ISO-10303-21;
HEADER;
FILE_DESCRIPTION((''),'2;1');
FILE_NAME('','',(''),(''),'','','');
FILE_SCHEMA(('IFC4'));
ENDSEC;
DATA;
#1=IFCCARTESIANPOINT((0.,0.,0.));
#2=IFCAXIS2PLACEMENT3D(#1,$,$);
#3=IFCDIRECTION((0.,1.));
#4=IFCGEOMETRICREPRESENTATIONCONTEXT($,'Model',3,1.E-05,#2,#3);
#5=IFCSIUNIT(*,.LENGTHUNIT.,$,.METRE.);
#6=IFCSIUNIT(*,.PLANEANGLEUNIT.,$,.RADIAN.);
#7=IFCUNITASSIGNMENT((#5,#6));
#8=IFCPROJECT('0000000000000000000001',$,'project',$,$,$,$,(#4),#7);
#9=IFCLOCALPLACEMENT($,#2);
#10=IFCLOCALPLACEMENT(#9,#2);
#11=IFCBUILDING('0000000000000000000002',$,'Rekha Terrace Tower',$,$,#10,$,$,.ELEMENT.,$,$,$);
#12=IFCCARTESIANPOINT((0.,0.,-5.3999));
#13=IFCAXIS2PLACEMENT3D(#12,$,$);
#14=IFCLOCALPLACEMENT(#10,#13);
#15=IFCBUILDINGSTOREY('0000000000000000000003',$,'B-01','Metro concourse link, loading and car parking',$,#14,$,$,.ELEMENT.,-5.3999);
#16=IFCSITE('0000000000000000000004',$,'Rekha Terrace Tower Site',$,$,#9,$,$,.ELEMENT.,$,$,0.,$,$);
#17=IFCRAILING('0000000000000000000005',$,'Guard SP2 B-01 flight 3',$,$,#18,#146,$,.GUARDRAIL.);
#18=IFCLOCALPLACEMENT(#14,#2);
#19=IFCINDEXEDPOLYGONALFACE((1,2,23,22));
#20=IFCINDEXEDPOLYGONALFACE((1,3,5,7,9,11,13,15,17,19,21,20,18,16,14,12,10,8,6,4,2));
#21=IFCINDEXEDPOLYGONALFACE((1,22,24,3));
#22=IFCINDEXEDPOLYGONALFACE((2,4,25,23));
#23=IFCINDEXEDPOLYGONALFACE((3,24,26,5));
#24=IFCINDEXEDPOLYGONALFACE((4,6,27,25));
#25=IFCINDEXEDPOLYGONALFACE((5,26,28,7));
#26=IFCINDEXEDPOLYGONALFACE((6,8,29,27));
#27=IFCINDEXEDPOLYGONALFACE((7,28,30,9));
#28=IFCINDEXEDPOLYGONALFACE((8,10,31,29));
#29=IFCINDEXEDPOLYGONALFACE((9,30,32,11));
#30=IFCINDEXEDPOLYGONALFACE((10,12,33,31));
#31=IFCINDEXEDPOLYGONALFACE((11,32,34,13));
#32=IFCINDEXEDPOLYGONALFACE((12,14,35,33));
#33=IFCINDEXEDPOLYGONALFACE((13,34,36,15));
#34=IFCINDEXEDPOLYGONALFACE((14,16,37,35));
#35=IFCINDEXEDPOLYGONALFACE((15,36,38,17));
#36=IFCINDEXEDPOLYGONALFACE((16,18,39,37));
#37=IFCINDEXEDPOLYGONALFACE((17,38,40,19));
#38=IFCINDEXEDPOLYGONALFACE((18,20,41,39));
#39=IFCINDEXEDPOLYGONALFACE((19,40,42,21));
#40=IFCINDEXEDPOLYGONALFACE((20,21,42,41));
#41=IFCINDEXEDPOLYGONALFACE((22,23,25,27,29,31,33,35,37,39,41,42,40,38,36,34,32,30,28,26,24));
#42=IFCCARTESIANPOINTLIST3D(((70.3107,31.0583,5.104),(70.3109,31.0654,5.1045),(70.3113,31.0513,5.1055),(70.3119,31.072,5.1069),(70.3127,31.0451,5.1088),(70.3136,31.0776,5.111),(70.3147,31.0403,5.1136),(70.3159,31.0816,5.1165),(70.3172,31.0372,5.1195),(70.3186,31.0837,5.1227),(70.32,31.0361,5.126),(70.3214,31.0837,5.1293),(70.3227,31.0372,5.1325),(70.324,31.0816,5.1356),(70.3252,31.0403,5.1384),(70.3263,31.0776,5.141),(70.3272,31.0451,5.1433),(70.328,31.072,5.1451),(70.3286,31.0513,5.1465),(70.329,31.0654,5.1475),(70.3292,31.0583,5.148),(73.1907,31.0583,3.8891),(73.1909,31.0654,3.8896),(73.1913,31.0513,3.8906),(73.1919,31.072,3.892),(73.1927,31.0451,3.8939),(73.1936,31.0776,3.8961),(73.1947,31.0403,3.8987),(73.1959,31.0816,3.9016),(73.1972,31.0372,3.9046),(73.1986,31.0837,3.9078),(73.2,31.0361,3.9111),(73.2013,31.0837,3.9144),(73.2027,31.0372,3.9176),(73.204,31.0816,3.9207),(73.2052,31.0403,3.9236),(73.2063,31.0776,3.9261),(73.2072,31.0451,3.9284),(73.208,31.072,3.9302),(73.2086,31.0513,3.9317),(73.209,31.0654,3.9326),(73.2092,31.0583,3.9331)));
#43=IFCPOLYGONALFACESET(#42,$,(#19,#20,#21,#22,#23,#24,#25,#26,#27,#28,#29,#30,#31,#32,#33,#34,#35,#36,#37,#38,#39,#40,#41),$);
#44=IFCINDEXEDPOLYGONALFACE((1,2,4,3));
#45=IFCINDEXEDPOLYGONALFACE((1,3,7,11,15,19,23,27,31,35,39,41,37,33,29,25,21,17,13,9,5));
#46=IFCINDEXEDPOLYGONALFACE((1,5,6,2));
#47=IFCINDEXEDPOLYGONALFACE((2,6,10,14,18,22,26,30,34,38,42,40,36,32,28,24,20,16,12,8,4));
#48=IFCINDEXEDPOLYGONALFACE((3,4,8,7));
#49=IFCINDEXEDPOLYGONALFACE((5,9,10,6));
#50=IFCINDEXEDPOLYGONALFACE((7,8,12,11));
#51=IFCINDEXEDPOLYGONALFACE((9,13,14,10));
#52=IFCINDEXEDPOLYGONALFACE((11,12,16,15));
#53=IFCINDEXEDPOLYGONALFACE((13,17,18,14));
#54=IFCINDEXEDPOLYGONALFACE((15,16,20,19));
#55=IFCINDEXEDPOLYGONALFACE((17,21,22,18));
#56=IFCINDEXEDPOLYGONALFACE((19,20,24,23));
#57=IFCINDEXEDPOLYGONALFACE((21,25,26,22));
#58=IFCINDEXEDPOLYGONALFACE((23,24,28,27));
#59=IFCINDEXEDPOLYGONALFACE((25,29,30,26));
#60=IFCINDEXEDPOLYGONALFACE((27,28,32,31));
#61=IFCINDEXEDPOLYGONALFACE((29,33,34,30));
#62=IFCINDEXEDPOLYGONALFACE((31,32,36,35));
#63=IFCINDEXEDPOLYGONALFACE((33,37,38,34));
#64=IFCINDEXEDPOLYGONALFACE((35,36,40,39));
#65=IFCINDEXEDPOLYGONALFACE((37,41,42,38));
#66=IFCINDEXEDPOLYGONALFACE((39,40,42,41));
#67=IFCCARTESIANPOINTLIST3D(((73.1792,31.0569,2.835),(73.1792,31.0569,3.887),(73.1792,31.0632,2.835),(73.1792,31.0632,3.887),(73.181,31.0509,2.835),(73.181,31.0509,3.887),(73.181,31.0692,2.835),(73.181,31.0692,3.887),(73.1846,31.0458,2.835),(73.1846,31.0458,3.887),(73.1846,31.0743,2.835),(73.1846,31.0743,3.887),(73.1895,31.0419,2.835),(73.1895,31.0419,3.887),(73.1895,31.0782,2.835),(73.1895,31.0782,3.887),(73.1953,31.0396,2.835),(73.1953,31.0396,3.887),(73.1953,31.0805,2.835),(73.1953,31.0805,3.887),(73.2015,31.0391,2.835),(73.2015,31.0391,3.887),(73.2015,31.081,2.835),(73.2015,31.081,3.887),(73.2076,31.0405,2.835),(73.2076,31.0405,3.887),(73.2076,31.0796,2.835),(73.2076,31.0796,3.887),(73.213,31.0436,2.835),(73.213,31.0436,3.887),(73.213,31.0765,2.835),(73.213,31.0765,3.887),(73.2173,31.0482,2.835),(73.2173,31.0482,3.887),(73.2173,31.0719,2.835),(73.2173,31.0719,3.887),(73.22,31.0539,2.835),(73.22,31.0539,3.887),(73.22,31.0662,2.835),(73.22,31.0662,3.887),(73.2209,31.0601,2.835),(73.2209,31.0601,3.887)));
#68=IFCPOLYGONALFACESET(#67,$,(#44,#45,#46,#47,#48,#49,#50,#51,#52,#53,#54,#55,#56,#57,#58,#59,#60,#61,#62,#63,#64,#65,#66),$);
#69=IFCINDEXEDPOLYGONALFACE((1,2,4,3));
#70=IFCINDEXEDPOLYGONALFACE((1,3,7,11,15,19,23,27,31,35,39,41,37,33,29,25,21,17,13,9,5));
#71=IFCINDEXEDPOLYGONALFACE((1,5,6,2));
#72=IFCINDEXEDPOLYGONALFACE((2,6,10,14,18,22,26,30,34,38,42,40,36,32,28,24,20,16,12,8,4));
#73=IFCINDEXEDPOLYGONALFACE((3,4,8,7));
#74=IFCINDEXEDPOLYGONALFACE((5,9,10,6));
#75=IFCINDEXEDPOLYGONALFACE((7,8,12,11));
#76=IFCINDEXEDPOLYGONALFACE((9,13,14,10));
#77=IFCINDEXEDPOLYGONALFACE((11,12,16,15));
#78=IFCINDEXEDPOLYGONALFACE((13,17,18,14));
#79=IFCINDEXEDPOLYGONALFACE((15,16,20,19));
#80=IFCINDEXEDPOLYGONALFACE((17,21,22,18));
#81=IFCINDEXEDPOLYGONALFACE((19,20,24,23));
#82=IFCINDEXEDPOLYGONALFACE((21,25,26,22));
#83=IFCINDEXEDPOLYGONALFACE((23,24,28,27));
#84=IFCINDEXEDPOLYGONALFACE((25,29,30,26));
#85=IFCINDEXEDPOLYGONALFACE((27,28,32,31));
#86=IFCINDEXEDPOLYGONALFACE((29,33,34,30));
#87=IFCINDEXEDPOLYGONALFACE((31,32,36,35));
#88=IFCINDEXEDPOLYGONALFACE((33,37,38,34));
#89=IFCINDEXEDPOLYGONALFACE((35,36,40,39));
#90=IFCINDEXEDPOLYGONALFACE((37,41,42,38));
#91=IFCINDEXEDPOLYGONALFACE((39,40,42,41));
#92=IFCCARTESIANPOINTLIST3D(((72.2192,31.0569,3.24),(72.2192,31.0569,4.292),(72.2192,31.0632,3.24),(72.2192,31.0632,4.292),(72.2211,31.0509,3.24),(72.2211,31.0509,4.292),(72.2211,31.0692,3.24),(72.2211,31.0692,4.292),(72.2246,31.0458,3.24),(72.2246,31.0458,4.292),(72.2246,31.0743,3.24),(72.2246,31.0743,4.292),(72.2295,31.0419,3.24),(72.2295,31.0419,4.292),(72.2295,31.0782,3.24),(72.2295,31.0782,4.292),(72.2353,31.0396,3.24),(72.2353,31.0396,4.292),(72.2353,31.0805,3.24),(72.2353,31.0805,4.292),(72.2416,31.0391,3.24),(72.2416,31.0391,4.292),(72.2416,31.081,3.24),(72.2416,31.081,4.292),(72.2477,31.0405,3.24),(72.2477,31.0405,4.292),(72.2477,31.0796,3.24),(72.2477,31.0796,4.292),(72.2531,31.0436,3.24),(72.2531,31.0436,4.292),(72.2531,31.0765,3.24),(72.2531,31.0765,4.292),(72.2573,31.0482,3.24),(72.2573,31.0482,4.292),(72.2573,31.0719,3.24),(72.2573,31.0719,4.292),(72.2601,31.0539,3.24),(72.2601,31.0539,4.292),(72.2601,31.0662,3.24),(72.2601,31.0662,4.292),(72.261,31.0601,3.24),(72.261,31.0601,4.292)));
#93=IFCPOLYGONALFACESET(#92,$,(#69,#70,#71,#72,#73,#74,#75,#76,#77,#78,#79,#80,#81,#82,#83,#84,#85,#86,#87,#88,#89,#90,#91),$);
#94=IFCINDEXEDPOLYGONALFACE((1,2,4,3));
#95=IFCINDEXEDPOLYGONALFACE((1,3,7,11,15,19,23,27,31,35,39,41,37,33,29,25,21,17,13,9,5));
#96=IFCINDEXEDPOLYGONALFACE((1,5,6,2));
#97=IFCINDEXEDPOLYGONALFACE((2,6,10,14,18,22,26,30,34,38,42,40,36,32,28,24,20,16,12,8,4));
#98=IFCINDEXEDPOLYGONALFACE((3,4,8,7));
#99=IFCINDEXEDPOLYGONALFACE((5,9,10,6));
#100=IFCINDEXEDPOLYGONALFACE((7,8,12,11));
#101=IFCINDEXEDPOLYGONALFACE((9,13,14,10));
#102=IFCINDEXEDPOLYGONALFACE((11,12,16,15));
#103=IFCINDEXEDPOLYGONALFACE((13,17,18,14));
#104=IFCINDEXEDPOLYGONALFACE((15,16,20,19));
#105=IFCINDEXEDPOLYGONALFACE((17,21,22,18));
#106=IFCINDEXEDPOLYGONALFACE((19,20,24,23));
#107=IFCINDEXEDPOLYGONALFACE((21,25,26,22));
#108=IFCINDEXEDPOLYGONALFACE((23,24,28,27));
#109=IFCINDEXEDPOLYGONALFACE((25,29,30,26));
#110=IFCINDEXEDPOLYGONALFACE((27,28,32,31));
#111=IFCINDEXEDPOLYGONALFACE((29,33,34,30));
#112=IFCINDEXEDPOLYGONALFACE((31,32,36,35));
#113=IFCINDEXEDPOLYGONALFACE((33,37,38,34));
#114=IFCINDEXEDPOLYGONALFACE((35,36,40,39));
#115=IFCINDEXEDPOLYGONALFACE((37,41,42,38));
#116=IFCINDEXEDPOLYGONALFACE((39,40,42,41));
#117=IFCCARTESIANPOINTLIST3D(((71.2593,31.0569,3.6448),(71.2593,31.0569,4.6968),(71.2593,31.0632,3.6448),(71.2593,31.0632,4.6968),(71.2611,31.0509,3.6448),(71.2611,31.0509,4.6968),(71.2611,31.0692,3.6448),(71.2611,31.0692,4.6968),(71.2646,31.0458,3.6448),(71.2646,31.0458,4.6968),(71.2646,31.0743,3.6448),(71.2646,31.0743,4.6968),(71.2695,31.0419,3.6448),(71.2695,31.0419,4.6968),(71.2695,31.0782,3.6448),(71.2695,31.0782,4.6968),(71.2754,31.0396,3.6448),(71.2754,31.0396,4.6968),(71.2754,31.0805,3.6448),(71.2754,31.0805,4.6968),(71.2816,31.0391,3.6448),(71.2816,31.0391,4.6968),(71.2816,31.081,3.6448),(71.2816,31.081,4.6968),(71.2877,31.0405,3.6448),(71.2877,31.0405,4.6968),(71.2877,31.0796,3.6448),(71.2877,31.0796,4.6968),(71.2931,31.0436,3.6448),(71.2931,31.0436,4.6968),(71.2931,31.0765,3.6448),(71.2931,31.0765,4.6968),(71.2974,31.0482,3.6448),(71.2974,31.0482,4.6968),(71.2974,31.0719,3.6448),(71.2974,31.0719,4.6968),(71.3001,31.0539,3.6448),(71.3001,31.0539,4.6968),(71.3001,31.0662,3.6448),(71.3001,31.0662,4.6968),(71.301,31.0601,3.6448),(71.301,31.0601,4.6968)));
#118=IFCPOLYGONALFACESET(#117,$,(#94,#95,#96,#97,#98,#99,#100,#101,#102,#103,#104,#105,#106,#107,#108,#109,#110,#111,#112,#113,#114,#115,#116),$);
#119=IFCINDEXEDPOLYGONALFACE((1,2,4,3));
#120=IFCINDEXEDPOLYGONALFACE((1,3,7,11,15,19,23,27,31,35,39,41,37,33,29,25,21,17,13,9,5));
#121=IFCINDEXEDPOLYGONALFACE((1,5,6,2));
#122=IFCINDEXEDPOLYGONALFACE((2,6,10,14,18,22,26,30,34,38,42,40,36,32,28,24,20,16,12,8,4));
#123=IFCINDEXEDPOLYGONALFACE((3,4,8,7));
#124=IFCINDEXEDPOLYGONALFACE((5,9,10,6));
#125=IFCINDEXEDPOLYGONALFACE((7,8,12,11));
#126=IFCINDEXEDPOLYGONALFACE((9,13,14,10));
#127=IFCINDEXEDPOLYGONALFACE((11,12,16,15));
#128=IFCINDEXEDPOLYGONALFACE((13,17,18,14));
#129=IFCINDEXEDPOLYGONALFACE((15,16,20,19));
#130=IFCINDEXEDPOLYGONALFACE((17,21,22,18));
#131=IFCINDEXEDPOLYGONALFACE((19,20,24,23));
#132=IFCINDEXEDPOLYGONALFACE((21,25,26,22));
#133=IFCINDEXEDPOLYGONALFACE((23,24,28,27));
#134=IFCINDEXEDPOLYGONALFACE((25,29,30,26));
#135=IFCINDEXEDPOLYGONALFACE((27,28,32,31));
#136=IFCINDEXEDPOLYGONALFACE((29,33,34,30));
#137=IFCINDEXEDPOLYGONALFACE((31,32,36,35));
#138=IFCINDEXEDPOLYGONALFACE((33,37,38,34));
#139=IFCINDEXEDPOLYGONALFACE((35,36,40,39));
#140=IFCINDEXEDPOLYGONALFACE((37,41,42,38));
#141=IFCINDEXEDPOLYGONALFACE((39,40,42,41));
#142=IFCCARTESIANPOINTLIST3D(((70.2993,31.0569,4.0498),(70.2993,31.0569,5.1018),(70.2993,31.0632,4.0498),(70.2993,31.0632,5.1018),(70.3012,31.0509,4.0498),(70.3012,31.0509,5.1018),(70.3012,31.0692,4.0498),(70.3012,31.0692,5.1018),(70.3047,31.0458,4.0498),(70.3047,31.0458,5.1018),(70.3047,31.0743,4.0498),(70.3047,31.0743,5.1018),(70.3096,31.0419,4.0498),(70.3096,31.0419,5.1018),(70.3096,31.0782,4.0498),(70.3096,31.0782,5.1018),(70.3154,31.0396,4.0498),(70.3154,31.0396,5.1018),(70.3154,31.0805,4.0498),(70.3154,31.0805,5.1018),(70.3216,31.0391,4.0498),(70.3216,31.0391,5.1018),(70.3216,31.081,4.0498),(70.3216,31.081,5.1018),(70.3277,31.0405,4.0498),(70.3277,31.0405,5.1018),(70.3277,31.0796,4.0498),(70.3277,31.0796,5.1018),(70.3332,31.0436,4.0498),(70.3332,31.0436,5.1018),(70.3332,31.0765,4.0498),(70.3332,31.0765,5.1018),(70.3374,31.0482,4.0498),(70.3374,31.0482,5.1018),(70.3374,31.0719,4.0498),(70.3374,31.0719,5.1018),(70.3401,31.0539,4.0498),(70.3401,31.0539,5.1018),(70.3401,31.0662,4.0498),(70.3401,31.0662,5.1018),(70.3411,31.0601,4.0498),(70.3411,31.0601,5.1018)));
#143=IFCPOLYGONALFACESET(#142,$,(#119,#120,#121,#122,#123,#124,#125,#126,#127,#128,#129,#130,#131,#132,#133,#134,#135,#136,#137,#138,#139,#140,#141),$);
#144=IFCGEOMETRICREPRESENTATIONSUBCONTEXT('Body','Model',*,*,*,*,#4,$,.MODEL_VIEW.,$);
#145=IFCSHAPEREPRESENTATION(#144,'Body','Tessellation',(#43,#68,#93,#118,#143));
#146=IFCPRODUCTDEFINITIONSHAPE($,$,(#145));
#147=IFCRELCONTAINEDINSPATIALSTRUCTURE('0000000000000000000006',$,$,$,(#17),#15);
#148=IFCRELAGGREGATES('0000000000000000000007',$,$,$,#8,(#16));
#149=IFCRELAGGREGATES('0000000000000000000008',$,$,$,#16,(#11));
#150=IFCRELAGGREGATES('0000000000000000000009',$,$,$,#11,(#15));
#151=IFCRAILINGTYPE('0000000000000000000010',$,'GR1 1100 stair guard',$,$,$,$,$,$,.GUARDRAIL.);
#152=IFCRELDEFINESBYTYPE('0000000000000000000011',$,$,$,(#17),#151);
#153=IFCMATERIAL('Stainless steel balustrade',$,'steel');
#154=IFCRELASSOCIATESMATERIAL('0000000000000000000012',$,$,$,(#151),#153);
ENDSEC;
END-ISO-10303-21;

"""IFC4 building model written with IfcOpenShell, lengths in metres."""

from ifc_helpers import new_model, si_unit, direction, frame, origin, origin_2d, place, context, subcontext, project, spatial, circle, extrude, material, type_object, element, save


model = new_model("IFC4")

# Units and contexts
model_context = context("Model", 3, precision=1e-05, world=origin(), true_north=direction((0.0, 1.0)))
body_context = subcontext(model_context, "Body", "Model", "MODEL_VIEW")
ifc_project = project(units=[si_unit("LENGTHUNIT", "METRE"), si_unit("PLANEANGLEUNIT", "RADIAN")], contexts=[model_context])

# Site, building, storey
site_placement = place(None, origin())
site = spatial("IfcSite", under=ifc_project, at=site_placement, Name="Rekha Terrace Tower Site", CompositionType="ELEMENT", RefElevation=0.0)
building_placement = place(site_placement, origin())
building = spatial("IfcBuilding", under=site, at=building_placement, Name="Rekha Terrace Tower", CompositionType="ELEMENT")
storey_placement = place(building_placement, frame((0.0, 0.0, -5.3999)))
storey = spatial("IfcBuildingStorey", under=building, at=storey_placement, Name="B-01", Description="Metro concourse link, loading and car parking", CompositionType="ELEMENT", Elevation=-5.3999)

# Railing
ifc_material_1 = material(Name="Stainless steel balustrade", Category="steel")
railing_type_1 = type_object("IfcRailingType", Name="GR1 1100 stair guard", PredefinedType="GUARDRAIL", material=ifc_material_1)
railing_1_placement = place(storey_placement, frame((73.2, 31.0601, 2.835)))
element("IfcRailing", 1, at=railing_1_placement, inside=storey, type_object=railing_type_1, Name="Guard SP2 B-01 flight 3", PredefinedType="GUARDRAIL", context=body_context, shape_type="SweptSolid", body=[
    extrude(circle(Radius=0.0239, at=origin_2d()), frame((0.0, 0.0, 1.0762), z_axis=(-0.921376, 0.0, 0.388671), x_axis=(0.0, -1.0, 0.0)), (0.0, 0.0, 1.0), 3.1257),
    extrude(circle(Radius=0.021, at=origin_2d()), origin(), (0.0, 0.0, 1.0), 1.052),
    extrude(circle(Radius=0.021, at=origin_2d()), frame((-0.96, 0.0, 0.405)), (0.0, 0.0, 1.0), 1.052),
    extrude(circle(Radius=0.021, at=origin_2d()), frame((-1.9199, 0.0, 0.8098)), (0.0, 0.0, 1.0), 1.052),
    extrude(circle(Radius=0.021, at=origin_2d()), frame((-2.8799, 0.0, 1.2148)), (0.0, 0.0, 1.0), 1.052),
])

save(model, "model.ifc")
